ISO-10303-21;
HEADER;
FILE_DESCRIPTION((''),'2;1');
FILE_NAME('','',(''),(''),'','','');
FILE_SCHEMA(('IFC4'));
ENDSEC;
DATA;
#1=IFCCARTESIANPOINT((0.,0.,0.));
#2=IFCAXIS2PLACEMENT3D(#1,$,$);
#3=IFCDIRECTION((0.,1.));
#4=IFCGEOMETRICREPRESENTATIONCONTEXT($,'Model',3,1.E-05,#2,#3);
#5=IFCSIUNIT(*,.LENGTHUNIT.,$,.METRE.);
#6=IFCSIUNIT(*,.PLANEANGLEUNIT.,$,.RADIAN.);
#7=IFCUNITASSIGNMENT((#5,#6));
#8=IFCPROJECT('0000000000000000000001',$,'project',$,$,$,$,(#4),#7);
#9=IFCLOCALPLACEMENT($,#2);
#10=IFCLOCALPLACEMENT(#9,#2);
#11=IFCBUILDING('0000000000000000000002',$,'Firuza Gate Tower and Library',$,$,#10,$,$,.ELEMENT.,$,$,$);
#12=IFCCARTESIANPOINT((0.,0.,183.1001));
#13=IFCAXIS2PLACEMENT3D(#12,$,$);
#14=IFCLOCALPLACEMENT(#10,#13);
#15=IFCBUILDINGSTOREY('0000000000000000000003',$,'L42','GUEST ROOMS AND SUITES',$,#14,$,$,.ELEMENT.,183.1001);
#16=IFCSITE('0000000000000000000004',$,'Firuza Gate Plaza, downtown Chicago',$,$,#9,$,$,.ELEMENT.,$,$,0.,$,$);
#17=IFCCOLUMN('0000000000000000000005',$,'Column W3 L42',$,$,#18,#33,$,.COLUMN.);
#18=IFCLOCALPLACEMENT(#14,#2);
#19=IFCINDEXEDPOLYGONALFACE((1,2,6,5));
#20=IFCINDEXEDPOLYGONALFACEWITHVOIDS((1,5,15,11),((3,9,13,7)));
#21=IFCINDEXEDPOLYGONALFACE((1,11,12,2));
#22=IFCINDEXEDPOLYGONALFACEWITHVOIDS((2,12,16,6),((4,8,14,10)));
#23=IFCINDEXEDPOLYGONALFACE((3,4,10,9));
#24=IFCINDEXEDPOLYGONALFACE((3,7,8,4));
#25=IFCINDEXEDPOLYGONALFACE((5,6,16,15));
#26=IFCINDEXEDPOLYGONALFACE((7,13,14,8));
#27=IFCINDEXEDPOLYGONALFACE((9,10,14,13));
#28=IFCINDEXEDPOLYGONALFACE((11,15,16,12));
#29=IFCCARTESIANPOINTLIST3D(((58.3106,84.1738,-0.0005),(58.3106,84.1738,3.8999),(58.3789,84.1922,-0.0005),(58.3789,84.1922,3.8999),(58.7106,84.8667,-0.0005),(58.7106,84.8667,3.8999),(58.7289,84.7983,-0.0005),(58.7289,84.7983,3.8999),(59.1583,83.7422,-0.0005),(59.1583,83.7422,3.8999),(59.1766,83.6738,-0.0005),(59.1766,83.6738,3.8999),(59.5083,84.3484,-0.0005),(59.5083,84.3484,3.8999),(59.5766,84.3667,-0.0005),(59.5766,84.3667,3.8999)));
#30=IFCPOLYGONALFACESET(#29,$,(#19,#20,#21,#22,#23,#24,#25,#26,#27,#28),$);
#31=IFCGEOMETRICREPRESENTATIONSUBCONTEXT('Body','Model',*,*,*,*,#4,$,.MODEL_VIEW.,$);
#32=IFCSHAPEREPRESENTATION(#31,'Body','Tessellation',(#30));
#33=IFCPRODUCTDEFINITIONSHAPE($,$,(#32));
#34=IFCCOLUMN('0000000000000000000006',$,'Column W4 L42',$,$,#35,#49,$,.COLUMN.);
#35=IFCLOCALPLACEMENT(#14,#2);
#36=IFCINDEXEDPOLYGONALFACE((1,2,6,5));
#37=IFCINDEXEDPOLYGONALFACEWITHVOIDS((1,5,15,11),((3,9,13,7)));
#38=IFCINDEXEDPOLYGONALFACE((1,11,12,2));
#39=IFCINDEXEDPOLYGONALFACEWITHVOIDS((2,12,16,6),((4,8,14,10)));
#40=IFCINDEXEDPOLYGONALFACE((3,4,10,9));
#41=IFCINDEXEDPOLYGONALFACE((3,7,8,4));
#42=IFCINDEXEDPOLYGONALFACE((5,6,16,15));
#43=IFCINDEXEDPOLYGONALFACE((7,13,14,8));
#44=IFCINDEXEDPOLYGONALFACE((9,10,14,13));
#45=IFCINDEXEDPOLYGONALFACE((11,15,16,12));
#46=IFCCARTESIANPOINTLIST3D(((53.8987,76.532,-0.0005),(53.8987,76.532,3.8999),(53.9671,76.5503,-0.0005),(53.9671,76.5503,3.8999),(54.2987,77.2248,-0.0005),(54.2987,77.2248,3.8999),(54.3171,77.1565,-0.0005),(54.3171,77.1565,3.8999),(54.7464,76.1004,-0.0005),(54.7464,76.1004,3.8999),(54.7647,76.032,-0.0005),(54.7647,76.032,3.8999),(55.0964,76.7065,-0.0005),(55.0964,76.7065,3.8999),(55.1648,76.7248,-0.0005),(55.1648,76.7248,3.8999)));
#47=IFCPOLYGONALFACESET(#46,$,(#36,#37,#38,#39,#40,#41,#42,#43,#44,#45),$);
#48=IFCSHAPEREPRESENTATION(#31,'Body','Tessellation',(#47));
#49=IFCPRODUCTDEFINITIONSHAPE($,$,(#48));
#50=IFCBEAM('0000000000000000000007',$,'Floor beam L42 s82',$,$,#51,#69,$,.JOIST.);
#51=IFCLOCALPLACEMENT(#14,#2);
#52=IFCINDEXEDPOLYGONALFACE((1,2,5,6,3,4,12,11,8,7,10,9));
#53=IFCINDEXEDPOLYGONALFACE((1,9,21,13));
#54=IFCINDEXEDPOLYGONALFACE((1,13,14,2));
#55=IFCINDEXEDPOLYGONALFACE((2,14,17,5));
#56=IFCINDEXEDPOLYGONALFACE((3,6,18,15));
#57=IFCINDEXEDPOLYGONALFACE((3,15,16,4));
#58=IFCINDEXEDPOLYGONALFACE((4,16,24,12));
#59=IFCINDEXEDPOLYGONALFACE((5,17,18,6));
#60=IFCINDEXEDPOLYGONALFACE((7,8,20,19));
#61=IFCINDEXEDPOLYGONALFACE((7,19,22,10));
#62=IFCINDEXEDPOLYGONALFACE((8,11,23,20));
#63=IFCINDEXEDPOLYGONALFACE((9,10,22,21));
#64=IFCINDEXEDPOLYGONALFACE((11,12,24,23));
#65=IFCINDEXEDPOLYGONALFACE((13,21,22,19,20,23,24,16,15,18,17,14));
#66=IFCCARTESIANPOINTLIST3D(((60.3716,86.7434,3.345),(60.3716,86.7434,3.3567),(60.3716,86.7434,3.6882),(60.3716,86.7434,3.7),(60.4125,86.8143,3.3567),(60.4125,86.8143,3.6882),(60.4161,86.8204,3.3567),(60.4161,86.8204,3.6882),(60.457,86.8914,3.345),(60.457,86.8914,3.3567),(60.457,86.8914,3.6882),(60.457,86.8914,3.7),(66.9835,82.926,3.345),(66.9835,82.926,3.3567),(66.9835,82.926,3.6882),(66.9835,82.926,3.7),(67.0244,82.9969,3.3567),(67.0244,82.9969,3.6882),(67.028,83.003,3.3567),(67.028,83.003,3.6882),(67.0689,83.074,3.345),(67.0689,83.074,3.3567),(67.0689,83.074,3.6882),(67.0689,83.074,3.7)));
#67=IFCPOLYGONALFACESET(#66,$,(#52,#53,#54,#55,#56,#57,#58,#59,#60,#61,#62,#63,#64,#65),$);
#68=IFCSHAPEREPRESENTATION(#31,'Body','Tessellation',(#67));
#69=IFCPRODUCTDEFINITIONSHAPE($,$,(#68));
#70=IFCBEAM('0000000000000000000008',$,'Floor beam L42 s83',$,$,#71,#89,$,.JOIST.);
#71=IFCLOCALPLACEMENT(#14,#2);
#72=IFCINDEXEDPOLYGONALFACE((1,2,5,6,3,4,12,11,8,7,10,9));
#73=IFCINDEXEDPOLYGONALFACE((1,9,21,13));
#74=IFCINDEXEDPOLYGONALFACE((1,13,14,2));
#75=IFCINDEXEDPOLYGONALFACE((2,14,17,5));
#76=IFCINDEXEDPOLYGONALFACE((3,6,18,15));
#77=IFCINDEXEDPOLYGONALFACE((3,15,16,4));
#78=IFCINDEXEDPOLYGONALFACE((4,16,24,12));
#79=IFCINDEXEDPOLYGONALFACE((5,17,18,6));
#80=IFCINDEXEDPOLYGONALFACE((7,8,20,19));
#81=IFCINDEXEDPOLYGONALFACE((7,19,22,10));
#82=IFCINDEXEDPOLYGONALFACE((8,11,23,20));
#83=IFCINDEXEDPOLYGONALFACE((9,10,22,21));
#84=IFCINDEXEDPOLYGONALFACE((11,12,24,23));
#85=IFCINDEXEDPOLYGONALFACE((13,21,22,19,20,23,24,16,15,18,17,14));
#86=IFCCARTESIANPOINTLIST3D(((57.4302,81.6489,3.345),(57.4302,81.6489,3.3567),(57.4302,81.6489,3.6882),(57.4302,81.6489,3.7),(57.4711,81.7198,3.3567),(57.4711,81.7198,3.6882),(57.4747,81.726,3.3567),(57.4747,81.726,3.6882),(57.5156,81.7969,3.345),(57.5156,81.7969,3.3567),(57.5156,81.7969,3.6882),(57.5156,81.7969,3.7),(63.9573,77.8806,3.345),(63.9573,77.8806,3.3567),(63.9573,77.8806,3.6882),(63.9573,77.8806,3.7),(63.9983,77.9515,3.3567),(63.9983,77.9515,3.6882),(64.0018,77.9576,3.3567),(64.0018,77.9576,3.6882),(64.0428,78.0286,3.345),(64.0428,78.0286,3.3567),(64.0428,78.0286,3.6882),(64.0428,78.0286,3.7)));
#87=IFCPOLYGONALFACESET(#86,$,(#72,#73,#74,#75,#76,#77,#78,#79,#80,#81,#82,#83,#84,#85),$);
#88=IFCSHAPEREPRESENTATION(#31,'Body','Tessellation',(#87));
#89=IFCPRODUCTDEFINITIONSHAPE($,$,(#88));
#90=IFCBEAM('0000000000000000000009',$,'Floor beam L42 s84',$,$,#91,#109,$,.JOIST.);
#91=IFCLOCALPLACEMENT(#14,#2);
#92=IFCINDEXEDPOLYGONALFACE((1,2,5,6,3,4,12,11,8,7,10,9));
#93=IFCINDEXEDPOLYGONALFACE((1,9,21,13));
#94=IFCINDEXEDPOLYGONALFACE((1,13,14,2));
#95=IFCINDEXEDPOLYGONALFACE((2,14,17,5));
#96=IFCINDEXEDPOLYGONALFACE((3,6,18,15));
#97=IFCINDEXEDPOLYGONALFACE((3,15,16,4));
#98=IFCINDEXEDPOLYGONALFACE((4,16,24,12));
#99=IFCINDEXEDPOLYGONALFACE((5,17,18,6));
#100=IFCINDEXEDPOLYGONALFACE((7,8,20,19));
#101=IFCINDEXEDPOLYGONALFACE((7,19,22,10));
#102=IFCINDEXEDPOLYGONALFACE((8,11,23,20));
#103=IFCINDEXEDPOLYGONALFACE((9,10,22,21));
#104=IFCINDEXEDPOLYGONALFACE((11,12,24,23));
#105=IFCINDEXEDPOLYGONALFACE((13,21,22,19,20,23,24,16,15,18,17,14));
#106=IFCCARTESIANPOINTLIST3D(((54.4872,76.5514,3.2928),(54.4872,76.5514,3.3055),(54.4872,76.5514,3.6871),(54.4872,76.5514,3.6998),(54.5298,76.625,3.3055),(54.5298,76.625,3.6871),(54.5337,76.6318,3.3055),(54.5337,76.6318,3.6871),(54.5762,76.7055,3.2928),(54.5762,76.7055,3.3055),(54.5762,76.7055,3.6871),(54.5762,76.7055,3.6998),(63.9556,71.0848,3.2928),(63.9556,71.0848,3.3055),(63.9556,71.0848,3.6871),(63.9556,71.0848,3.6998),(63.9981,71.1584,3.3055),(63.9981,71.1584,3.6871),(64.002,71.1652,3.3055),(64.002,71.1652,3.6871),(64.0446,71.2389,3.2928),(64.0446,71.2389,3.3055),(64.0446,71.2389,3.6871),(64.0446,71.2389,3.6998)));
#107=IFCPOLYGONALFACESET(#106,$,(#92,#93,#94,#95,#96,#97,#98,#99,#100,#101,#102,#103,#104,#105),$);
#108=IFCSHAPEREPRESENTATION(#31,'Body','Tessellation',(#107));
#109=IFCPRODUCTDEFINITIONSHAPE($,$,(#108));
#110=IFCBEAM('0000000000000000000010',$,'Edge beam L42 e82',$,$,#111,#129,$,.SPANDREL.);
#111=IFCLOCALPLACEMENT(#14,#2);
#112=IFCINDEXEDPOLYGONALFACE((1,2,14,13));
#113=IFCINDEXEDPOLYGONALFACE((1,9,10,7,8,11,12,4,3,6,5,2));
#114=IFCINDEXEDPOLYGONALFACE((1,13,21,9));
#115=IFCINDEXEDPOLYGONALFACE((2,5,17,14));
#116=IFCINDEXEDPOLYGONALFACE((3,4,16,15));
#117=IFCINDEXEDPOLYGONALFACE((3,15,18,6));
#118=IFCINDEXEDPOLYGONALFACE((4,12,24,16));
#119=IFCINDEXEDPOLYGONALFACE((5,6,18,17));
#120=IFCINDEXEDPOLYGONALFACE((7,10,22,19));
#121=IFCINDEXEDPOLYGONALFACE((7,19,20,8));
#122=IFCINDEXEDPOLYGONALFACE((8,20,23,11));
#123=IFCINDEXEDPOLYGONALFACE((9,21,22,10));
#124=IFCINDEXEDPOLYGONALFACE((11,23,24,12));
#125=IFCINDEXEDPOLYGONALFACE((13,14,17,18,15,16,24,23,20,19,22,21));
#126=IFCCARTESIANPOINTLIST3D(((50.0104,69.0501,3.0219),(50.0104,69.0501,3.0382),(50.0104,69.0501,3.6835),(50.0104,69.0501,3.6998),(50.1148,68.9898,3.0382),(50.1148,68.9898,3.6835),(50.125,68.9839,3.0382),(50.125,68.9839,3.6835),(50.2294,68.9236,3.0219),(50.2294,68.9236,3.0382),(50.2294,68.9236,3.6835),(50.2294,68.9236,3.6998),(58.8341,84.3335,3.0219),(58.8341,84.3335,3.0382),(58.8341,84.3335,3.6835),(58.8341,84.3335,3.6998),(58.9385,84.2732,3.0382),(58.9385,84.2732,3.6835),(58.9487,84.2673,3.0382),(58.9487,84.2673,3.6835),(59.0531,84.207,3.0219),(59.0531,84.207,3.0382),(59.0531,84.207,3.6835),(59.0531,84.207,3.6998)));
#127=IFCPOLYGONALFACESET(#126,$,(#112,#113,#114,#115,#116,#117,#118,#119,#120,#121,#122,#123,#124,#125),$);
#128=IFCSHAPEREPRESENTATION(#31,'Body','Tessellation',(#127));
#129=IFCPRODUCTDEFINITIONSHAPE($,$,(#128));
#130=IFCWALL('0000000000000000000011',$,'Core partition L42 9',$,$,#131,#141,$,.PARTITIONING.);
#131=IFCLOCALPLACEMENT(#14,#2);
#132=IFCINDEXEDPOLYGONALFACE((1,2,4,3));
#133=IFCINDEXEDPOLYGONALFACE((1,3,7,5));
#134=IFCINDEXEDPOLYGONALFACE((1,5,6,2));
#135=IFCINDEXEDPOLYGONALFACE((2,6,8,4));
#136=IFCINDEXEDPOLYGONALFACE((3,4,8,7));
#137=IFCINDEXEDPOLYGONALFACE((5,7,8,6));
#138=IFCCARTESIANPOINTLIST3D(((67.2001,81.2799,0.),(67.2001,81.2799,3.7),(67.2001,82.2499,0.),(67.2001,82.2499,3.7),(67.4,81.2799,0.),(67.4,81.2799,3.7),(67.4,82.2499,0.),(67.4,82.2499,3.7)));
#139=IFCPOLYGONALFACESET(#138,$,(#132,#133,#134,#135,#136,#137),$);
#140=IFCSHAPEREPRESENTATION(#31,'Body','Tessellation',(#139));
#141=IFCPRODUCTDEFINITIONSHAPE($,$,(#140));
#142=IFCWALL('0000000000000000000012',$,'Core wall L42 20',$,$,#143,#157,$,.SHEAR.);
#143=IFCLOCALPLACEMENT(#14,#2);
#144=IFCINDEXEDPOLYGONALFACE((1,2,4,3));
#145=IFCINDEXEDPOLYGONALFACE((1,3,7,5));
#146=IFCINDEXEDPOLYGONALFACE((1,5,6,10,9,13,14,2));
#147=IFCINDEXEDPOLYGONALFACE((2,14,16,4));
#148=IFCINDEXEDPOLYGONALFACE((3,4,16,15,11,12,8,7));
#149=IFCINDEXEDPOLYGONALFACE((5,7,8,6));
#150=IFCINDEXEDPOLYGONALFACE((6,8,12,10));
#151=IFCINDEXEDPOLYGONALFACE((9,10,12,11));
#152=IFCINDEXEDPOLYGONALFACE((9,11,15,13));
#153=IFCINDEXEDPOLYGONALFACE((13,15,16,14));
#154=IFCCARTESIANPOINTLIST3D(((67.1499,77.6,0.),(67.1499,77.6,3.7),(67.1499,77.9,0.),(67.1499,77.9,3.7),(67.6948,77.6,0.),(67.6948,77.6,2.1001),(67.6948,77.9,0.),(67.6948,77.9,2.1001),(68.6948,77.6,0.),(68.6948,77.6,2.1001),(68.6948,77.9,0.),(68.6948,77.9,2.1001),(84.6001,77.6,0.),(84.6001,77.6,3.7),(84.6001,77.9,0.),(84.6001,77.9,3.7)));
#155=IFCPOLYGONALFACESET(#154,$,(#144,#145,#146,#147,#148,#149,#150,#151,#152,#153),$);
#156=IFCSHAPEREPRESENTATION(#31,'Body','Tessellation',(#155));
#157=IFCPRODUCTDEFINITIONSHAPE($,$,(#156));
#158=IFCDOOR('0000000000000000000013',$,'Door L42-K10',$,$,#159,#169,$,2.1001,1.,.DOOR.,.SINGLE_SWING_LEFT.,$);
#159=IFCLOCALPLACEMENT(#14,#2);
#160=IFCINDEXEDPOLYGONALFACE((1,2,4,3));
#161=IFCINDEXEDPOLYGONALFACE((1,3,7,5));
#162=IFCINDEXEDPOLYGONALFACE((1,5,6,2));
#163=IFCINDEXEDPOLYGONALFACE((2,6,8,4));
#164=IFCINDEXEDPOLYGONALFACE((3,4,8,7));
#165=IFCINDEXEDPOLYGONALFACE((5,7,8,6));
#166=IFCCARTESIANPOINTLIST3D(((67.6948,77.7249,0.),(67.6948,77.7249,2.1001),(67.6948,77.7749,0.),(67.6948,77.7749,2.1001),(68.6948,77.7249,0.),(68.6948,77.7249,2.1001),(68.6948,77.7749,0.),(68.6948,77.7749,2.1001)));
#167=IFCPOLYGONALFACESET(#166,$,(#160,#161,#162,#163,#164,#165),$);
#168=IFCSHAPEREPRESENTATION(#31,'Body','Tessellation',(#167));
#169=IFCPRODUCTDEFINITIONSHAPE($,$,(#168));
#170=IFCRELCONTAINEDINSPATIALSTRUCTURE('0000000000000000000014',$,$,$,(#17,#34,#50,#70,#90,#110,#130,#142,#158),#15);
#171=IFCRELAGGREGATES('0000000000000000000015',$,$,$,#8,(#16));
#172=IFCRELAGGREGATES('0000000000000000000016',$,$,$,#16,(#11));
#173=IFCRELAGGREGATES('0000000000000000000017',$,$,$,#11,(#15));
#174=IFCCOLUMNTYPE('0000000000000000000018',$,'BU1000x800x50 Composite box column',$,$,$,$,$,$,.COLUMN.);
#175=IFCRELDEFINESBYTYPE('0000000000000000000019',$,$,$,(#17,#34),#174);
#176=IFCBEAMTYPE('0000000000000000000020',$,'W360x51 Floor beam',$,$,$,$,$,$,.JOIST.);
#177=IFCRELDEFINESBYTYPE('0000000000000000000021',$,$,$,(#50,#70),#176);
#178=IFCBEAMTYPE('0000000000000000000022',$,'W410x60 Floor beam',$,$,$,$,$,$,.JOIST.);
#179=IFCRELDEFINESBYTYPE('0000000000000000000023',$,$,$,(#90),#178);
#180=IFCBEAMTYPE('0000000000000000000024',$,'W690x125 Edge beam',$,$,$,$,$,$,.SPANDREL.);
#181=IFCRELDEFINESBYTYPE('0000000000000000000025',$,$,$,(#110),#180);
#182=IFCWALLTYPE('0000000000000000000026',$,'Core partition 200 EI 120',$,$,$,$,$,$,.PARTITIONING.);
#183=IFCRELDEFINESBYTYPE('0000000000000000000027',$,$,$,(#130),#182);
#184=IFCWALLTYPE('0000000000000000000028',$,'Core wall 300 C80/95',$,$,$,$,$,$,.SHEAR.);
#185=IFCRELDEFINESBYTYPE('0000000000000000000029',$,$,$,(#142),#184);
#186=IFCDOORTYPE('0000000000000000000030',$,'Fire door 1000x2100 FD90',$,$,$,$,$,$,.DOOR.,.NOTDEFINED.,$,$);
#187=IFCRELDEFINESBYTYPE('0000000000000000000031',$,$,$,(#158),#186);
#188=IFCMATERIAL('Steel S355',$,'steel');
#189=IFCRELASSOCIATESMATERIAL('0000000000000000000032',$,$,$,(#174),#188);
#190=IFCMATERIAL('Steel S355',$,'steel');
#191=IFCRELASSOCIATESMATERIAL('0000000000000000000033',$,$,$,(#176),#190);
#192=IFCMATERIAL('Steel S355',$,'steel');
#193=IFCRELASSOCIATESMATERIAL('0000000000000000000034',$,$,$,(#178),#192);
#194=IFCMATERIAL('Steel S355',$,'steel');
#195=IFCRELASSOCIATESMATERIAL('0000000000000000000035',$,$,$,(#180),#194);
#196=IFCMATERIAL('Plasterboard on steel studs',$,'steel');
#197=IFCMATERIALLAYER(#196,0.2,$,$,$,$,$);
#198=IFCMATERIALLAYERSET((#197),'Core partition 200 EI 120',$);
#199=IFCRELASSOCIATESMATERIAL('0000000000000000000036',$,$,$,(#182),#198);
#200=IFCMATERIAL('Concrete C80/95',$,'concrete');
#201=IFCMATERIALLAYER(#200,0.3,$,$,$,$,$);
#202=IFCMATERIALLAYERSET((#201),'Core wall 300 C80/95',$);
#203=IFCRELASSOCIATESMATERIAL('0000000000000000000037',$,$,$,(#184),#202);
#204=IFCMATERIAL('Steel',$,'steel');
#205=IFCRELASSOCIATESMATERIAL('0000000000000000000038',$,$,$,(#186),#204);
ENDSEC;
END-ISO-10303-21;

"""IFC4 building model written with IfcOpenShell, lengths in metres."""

from ifc_helpers import new_model, si_unit, direction, frame, frame_2d, origin, origin_2d, place, context, subcontext, project, spatial, rectangle, hollow_rectangle, i_section, extrude, material, layer, layer_set, material_profile, profile_set, type_object, element, fill, save


model = new_model("IFC4")

# Units and contexts
model_context = context("Model", 3, precision=1e-05, world=origin(), true_north=direction((0.0, 1.0)))
body_context = subcontext(model_context, "Body", "Model", "MODEL_VIEW")
ifc_project = project(units=[si_unit("LENGTHUNIT", "METRE"), si_unit("PLANEANGLEUNIT", "RADIAN")], contexts=[model_context])

# Site, building, storey
site_placement = place(None, origin())
site = spatial("IfcSite", under=ifc_project, at=site_placement, Name="Firuza Gate Plaza, downtown Chicago", CompositionType="ELEMENT", RefElevation=0.0)
building_placement = place(site_placement, origin())
building = spatial("IfcBuilding", under=site, at=building_placement, Name="Firuza Gate Tower and Library", CompositionType="ELEMENT")
storey_placement = place(building_placement, frame((0.0, 0.0, 183.1001)))
storey = spatial("IfcBuildingStorey", under=building, at=storey_placement, Name="L42", Description="GUEST ROOMS AND SUITES", CompositionType="ELEMENT", Elevation=183.1001)

# Columns
ifc_material_1 = material(Name="Steel S355", Category="steel")
ifc_material_profile_1 = material_profile(ifc_material_1, hollow_rectangle(XDim=0.8, YDim=1.0, WallThickness=0.05, at=origin_2d()))
ifc_profile_set_1 = profile_set([ifc_material_profile_1], Name="Steel S355")
column_type = type_object("IfcColumnType", Name="BU1000x800x50 Composite box column", PredefinedType="COLUMN", material=ifc_profile_set_1)
for number, where, z_axis, x_axis, name in (
    (1, (58.9436, 84.2703, -0.0005), (0.0, 0.0, 1.0), (-0.5, -0.866025, 0.0), "Column W3 L42"),
    (2, (54.5317, 76.6284, -0.0005), (0.0, 0.0, 1.0), (-0.5, -0.866025, 0.0), "Column W4 L42"),
):
    element("IfcColumn", number, at=place(storey_placement, frame(where, z_axis=z_axis, x_axis=x_axis)), inside=storey, type_object=column_type, Name=name, PredefinedType="COLUMN", context=body_context, shape_type="SweptSolid", body=[
        extrude(hollow_rectangle(XDim=0.8, YDim=1.0, WallThickness=0.05, at=origin_2d()), origin(), (0.0, 0.0, 1.0), 3.9004),
    ])

# Beams
ifc_material_2 = material(Name="Steel S355", Category="steel")
ifc_material_profile_2 = material_profile(ifc_material_2, i_section(OverallWidth=0.1709, OverallDepth=0.355, WebThickness=0.0071, FlangeThickness=0.0117, at=origin_2d()))
ifc_profile_set_2 = profile_set([ifc_material_profile_2], Name="Steel S355")
beam_type_1 = type_object("IfcBeamType", Name="W360x51 Floor beam", PredefinedType="JOIST", material=ifc_profile_set_2)
beam_1_placement = place(storey_placement, frame((60.4143, 86.8174, 3.5225), z_axis=(0.866023, -0.500005, 0.0), x_axis=(0.500005, 0.866023, 0.0)))
element("IfcBeam", 3, at=beam_1_placement, inside=storey, type_object=beam_type_1, Name="Floor beam L42 s82", PredefinedType="JOIST", context=body_context, shape_type="SweptSolid", body=[
    extrude(i_section(OverallWidth=0.1709, OverallDepth=0.355, WebThickness=0.0071, FlangeThickness=0.0117, at=origin_2d()), origin(), (0.0, 0.0, 1.0), 7.6348),
])
beam_2_placement = place(storey_placement, frame((57.4729, 81.7229, 3.5225), z_axis=(0.866032, -0.499989, 0.0), x_axis=(0.499989, 0.866032, 0.0)))
element("IfcBeam", 4, at=beam_2_placement, inside=storey, type_object=beam_type_1, Name="Floor beam L42 s83", PredefinedType="JOIST", context=body_context, shape_type="SweptSolid", body=[
    extrude(i_section(OverallWidth=0.1709, OverallDepth=0.355, WebThickness=0.0071, FlangeThickness=0.0117, at=origin_2d()), origin(), (0.0, 0.0, 1.0), 7.5369),
])
ifc_material_3 = material(Name="Steel S355", Category="steel")
ifc_material_profile_3 = material_profile(ifc_material_3, i_section(OverallWidth=0.178, OverallDepth=0.407, WebThickness=0.0078, FlangeThickness=0.0127, at=origin_2d()))
ifc_profile_set_3 = profile_set([ifc_material_profile_3], Name="Steel S355")
beam_type_2 = type_object("IfcBeamType", Name="W410x60 Floor beam", PredefinedType="JOIST", material=ifc_profile_set_3)
beam_3_placement = place(storey_placement, frame((54.5317, 76.6284, 3.4963), z_axis=(0.866023, -0.500003, 0.0), x_axis=(0.500003, 0.866023, 0.0)))
element("IfcBeam", 5, at=beam_3_placement, inside=storey, type_object=beam_type_2, Name="Floor beam L42 s84", PredefinedType="JOIST", context=body_context, shape_type="SweptSolid", body=[
    extrude(i_section(OverallWidth=0.178, OverallDepth=0.407, WebThickness=0.0078, FlangeThickness=0.0127, at=origin_2d()), origin(), (0.0, 0.0, 1.0), 10.9331),
])
ifc_material_4 = material(Name="Steel S355", Category="steel")
ifc_material_profile_4 = material_profile(ifc_material_4, i_section(OverallWidth=0.2529, OverallDepth=0.678, WebThickness=0.0117, FlangeThickness=0.0164, at=origin_2d()))
ifc_profile_set_4 = profile_set([ifc_material_profile_4], Name="Steel S355")
beam_type_3 = type_object("IfcBeamType", Name="W690x125 Edge beam", PredefinedType="SPANDREL", material=ifc_profile_set_4)
beam_4_placement = place(storey_placement, frame((58.9436, 84.2703, 3.3608), z_axis=(-0.499993, -0.86603, 0.0), x_axis=(0.86603, -0.499993, 0.0)))
element("IfcBeam", 6, at=beam_4_placement, inside=storey, type_object=beam_type_3, Name="Edge beam L42 e82", PredefinedType="SPANDREL", context=body_context, shape_type="SweptSolid", body=[
    extrude(i_section(OverallWidth=0.2529, OverallDepth=0.678, WebThickness=0.0117, FlangeThickness=0.0164, at=origin_2d()), origin(), (0.0, 0.0, 1.0), 17.6477),
])

# Wall
ifc_material_5 = material(Name="Plasterboard on steel studs", Category="steel")
ifc_layer_1 = layer(ifc_material_5, 0.2)
ifc_layer_set_1 = layer_set([ifc_layer_1], Name="Core partition 200 EI 120")
wall_type_1 = type_object("IfcWallType", Name="Core partition 200 EI 120", PredefinedType="PARTITIONING", material=ifc_layer_set_1)
wall_1_placement = place(storey_placement, frame((67.3, 81.28, 0.0), z_axis=(0.0, 0.0, 1.0), x_axis=(0.0, 1.0, 0.0)))
element("IfcWall", 7, at=wall_1_placement, inside=storey, type_object=wall_type_1, Name="Core partition L42 9", PredefinedType="PARTITIONING", context=body_context, shape_type="SweptSolid", body=[
    extrude(rectangle(XDim=0.97, YDim=0.2, at=frame_2d((0.4849, 0.0))), origin(), (0.0, 0.0, 1.0), 3.7),
])

# Wall, opening, door
ifc_material_6 = material(Name="Concrete C80/95", Category="concrete")
ifc_layer_2 = layer(ifc_material_6, 0.3)
ifc_layer_set_2 = layer_set([ifc_layer_2], Name="Core wall 300 C80/95")
wall_type_2 = type_object("IfcWallType", Name="Core wall 300 C80/95", PredefinedType="SHEAR", material=ifc_layer_set_2)
wall_2_placement = place(storey_placement, frame((67.1499, 77.75, 0.0), z_axis=(0.0, 0.0, 1.0), x_axis=(1.0, 0.0, 0.0)))
wall_2 = element("IfcWall", 8, at=wall_2_placement, inside=storey, type_object=wall_type_2, Name="Core wall L42 20", PredefinedType="SHEAR", context=body_context, shape_type="SweptSolid", body=[
    extrude(rectangle(XDim=17.4502, YDim=0.3, at=frame_2d((8.7251, 0.0))), origin(), (0.0, 0.0, 1.0), 3.7),
])
opening_1_placement = place(wall_2_placement, frame((0.5449, 0.0, 0.0)))
opening_1 = element("IfcOpeningElement", 9, at=opening_1_placement, cuts=wall_2, PredefinedType="OPENING", context=body_context, shape_type="SweptSolid", body=[
    extrude(rectangle(XDim=1.0, YDim=2.1001, at=frame_2d((0.5, 1.05))), frame((0.0, 0.1602, 0.0), z_axis=(0.0, -1.0, 0.0), x_axis=(1.0, 0.0, 0.0)), (0.0, 0.0, 1.0), 0.3201),
])
ifc_material_7 = material(Name="Steel", Category="steel")
door_type_1 = type_object("IfcDoorType", Name="Fire door 1000x2100 FD90", OperationType="NOTDEFINED", PredefinedType="DOOR", material=ifc_material_7)
door_1_placement = place(opening_1_placement, origin())
door_1 = element("IfcDoor", 10, at=door_1_placement, inside=storey, type_object=door_type_1, Name="Door L42-K10", OperationType="SINGLE_SWING_LEFT", OverallHeight=2.1001, OverallWidth=1.0, PredefinedType="DOOR", context=body_context, shape_type="SweptSolid", body=[
    extrude(rectangle(XDim=1.0, YDim=2.1001, at=frame_2d((0.5, 1.05))), frame((0.0, 0.0249, 0.0), z_axis=(0.0, -1.0, 0.0), x_axis=(1.0, 0.0, 0.0)), (0.0, 0.0, 1.0), 0.05),
])
fill(opening_1, door_1)

save(model, "model.ifc")
